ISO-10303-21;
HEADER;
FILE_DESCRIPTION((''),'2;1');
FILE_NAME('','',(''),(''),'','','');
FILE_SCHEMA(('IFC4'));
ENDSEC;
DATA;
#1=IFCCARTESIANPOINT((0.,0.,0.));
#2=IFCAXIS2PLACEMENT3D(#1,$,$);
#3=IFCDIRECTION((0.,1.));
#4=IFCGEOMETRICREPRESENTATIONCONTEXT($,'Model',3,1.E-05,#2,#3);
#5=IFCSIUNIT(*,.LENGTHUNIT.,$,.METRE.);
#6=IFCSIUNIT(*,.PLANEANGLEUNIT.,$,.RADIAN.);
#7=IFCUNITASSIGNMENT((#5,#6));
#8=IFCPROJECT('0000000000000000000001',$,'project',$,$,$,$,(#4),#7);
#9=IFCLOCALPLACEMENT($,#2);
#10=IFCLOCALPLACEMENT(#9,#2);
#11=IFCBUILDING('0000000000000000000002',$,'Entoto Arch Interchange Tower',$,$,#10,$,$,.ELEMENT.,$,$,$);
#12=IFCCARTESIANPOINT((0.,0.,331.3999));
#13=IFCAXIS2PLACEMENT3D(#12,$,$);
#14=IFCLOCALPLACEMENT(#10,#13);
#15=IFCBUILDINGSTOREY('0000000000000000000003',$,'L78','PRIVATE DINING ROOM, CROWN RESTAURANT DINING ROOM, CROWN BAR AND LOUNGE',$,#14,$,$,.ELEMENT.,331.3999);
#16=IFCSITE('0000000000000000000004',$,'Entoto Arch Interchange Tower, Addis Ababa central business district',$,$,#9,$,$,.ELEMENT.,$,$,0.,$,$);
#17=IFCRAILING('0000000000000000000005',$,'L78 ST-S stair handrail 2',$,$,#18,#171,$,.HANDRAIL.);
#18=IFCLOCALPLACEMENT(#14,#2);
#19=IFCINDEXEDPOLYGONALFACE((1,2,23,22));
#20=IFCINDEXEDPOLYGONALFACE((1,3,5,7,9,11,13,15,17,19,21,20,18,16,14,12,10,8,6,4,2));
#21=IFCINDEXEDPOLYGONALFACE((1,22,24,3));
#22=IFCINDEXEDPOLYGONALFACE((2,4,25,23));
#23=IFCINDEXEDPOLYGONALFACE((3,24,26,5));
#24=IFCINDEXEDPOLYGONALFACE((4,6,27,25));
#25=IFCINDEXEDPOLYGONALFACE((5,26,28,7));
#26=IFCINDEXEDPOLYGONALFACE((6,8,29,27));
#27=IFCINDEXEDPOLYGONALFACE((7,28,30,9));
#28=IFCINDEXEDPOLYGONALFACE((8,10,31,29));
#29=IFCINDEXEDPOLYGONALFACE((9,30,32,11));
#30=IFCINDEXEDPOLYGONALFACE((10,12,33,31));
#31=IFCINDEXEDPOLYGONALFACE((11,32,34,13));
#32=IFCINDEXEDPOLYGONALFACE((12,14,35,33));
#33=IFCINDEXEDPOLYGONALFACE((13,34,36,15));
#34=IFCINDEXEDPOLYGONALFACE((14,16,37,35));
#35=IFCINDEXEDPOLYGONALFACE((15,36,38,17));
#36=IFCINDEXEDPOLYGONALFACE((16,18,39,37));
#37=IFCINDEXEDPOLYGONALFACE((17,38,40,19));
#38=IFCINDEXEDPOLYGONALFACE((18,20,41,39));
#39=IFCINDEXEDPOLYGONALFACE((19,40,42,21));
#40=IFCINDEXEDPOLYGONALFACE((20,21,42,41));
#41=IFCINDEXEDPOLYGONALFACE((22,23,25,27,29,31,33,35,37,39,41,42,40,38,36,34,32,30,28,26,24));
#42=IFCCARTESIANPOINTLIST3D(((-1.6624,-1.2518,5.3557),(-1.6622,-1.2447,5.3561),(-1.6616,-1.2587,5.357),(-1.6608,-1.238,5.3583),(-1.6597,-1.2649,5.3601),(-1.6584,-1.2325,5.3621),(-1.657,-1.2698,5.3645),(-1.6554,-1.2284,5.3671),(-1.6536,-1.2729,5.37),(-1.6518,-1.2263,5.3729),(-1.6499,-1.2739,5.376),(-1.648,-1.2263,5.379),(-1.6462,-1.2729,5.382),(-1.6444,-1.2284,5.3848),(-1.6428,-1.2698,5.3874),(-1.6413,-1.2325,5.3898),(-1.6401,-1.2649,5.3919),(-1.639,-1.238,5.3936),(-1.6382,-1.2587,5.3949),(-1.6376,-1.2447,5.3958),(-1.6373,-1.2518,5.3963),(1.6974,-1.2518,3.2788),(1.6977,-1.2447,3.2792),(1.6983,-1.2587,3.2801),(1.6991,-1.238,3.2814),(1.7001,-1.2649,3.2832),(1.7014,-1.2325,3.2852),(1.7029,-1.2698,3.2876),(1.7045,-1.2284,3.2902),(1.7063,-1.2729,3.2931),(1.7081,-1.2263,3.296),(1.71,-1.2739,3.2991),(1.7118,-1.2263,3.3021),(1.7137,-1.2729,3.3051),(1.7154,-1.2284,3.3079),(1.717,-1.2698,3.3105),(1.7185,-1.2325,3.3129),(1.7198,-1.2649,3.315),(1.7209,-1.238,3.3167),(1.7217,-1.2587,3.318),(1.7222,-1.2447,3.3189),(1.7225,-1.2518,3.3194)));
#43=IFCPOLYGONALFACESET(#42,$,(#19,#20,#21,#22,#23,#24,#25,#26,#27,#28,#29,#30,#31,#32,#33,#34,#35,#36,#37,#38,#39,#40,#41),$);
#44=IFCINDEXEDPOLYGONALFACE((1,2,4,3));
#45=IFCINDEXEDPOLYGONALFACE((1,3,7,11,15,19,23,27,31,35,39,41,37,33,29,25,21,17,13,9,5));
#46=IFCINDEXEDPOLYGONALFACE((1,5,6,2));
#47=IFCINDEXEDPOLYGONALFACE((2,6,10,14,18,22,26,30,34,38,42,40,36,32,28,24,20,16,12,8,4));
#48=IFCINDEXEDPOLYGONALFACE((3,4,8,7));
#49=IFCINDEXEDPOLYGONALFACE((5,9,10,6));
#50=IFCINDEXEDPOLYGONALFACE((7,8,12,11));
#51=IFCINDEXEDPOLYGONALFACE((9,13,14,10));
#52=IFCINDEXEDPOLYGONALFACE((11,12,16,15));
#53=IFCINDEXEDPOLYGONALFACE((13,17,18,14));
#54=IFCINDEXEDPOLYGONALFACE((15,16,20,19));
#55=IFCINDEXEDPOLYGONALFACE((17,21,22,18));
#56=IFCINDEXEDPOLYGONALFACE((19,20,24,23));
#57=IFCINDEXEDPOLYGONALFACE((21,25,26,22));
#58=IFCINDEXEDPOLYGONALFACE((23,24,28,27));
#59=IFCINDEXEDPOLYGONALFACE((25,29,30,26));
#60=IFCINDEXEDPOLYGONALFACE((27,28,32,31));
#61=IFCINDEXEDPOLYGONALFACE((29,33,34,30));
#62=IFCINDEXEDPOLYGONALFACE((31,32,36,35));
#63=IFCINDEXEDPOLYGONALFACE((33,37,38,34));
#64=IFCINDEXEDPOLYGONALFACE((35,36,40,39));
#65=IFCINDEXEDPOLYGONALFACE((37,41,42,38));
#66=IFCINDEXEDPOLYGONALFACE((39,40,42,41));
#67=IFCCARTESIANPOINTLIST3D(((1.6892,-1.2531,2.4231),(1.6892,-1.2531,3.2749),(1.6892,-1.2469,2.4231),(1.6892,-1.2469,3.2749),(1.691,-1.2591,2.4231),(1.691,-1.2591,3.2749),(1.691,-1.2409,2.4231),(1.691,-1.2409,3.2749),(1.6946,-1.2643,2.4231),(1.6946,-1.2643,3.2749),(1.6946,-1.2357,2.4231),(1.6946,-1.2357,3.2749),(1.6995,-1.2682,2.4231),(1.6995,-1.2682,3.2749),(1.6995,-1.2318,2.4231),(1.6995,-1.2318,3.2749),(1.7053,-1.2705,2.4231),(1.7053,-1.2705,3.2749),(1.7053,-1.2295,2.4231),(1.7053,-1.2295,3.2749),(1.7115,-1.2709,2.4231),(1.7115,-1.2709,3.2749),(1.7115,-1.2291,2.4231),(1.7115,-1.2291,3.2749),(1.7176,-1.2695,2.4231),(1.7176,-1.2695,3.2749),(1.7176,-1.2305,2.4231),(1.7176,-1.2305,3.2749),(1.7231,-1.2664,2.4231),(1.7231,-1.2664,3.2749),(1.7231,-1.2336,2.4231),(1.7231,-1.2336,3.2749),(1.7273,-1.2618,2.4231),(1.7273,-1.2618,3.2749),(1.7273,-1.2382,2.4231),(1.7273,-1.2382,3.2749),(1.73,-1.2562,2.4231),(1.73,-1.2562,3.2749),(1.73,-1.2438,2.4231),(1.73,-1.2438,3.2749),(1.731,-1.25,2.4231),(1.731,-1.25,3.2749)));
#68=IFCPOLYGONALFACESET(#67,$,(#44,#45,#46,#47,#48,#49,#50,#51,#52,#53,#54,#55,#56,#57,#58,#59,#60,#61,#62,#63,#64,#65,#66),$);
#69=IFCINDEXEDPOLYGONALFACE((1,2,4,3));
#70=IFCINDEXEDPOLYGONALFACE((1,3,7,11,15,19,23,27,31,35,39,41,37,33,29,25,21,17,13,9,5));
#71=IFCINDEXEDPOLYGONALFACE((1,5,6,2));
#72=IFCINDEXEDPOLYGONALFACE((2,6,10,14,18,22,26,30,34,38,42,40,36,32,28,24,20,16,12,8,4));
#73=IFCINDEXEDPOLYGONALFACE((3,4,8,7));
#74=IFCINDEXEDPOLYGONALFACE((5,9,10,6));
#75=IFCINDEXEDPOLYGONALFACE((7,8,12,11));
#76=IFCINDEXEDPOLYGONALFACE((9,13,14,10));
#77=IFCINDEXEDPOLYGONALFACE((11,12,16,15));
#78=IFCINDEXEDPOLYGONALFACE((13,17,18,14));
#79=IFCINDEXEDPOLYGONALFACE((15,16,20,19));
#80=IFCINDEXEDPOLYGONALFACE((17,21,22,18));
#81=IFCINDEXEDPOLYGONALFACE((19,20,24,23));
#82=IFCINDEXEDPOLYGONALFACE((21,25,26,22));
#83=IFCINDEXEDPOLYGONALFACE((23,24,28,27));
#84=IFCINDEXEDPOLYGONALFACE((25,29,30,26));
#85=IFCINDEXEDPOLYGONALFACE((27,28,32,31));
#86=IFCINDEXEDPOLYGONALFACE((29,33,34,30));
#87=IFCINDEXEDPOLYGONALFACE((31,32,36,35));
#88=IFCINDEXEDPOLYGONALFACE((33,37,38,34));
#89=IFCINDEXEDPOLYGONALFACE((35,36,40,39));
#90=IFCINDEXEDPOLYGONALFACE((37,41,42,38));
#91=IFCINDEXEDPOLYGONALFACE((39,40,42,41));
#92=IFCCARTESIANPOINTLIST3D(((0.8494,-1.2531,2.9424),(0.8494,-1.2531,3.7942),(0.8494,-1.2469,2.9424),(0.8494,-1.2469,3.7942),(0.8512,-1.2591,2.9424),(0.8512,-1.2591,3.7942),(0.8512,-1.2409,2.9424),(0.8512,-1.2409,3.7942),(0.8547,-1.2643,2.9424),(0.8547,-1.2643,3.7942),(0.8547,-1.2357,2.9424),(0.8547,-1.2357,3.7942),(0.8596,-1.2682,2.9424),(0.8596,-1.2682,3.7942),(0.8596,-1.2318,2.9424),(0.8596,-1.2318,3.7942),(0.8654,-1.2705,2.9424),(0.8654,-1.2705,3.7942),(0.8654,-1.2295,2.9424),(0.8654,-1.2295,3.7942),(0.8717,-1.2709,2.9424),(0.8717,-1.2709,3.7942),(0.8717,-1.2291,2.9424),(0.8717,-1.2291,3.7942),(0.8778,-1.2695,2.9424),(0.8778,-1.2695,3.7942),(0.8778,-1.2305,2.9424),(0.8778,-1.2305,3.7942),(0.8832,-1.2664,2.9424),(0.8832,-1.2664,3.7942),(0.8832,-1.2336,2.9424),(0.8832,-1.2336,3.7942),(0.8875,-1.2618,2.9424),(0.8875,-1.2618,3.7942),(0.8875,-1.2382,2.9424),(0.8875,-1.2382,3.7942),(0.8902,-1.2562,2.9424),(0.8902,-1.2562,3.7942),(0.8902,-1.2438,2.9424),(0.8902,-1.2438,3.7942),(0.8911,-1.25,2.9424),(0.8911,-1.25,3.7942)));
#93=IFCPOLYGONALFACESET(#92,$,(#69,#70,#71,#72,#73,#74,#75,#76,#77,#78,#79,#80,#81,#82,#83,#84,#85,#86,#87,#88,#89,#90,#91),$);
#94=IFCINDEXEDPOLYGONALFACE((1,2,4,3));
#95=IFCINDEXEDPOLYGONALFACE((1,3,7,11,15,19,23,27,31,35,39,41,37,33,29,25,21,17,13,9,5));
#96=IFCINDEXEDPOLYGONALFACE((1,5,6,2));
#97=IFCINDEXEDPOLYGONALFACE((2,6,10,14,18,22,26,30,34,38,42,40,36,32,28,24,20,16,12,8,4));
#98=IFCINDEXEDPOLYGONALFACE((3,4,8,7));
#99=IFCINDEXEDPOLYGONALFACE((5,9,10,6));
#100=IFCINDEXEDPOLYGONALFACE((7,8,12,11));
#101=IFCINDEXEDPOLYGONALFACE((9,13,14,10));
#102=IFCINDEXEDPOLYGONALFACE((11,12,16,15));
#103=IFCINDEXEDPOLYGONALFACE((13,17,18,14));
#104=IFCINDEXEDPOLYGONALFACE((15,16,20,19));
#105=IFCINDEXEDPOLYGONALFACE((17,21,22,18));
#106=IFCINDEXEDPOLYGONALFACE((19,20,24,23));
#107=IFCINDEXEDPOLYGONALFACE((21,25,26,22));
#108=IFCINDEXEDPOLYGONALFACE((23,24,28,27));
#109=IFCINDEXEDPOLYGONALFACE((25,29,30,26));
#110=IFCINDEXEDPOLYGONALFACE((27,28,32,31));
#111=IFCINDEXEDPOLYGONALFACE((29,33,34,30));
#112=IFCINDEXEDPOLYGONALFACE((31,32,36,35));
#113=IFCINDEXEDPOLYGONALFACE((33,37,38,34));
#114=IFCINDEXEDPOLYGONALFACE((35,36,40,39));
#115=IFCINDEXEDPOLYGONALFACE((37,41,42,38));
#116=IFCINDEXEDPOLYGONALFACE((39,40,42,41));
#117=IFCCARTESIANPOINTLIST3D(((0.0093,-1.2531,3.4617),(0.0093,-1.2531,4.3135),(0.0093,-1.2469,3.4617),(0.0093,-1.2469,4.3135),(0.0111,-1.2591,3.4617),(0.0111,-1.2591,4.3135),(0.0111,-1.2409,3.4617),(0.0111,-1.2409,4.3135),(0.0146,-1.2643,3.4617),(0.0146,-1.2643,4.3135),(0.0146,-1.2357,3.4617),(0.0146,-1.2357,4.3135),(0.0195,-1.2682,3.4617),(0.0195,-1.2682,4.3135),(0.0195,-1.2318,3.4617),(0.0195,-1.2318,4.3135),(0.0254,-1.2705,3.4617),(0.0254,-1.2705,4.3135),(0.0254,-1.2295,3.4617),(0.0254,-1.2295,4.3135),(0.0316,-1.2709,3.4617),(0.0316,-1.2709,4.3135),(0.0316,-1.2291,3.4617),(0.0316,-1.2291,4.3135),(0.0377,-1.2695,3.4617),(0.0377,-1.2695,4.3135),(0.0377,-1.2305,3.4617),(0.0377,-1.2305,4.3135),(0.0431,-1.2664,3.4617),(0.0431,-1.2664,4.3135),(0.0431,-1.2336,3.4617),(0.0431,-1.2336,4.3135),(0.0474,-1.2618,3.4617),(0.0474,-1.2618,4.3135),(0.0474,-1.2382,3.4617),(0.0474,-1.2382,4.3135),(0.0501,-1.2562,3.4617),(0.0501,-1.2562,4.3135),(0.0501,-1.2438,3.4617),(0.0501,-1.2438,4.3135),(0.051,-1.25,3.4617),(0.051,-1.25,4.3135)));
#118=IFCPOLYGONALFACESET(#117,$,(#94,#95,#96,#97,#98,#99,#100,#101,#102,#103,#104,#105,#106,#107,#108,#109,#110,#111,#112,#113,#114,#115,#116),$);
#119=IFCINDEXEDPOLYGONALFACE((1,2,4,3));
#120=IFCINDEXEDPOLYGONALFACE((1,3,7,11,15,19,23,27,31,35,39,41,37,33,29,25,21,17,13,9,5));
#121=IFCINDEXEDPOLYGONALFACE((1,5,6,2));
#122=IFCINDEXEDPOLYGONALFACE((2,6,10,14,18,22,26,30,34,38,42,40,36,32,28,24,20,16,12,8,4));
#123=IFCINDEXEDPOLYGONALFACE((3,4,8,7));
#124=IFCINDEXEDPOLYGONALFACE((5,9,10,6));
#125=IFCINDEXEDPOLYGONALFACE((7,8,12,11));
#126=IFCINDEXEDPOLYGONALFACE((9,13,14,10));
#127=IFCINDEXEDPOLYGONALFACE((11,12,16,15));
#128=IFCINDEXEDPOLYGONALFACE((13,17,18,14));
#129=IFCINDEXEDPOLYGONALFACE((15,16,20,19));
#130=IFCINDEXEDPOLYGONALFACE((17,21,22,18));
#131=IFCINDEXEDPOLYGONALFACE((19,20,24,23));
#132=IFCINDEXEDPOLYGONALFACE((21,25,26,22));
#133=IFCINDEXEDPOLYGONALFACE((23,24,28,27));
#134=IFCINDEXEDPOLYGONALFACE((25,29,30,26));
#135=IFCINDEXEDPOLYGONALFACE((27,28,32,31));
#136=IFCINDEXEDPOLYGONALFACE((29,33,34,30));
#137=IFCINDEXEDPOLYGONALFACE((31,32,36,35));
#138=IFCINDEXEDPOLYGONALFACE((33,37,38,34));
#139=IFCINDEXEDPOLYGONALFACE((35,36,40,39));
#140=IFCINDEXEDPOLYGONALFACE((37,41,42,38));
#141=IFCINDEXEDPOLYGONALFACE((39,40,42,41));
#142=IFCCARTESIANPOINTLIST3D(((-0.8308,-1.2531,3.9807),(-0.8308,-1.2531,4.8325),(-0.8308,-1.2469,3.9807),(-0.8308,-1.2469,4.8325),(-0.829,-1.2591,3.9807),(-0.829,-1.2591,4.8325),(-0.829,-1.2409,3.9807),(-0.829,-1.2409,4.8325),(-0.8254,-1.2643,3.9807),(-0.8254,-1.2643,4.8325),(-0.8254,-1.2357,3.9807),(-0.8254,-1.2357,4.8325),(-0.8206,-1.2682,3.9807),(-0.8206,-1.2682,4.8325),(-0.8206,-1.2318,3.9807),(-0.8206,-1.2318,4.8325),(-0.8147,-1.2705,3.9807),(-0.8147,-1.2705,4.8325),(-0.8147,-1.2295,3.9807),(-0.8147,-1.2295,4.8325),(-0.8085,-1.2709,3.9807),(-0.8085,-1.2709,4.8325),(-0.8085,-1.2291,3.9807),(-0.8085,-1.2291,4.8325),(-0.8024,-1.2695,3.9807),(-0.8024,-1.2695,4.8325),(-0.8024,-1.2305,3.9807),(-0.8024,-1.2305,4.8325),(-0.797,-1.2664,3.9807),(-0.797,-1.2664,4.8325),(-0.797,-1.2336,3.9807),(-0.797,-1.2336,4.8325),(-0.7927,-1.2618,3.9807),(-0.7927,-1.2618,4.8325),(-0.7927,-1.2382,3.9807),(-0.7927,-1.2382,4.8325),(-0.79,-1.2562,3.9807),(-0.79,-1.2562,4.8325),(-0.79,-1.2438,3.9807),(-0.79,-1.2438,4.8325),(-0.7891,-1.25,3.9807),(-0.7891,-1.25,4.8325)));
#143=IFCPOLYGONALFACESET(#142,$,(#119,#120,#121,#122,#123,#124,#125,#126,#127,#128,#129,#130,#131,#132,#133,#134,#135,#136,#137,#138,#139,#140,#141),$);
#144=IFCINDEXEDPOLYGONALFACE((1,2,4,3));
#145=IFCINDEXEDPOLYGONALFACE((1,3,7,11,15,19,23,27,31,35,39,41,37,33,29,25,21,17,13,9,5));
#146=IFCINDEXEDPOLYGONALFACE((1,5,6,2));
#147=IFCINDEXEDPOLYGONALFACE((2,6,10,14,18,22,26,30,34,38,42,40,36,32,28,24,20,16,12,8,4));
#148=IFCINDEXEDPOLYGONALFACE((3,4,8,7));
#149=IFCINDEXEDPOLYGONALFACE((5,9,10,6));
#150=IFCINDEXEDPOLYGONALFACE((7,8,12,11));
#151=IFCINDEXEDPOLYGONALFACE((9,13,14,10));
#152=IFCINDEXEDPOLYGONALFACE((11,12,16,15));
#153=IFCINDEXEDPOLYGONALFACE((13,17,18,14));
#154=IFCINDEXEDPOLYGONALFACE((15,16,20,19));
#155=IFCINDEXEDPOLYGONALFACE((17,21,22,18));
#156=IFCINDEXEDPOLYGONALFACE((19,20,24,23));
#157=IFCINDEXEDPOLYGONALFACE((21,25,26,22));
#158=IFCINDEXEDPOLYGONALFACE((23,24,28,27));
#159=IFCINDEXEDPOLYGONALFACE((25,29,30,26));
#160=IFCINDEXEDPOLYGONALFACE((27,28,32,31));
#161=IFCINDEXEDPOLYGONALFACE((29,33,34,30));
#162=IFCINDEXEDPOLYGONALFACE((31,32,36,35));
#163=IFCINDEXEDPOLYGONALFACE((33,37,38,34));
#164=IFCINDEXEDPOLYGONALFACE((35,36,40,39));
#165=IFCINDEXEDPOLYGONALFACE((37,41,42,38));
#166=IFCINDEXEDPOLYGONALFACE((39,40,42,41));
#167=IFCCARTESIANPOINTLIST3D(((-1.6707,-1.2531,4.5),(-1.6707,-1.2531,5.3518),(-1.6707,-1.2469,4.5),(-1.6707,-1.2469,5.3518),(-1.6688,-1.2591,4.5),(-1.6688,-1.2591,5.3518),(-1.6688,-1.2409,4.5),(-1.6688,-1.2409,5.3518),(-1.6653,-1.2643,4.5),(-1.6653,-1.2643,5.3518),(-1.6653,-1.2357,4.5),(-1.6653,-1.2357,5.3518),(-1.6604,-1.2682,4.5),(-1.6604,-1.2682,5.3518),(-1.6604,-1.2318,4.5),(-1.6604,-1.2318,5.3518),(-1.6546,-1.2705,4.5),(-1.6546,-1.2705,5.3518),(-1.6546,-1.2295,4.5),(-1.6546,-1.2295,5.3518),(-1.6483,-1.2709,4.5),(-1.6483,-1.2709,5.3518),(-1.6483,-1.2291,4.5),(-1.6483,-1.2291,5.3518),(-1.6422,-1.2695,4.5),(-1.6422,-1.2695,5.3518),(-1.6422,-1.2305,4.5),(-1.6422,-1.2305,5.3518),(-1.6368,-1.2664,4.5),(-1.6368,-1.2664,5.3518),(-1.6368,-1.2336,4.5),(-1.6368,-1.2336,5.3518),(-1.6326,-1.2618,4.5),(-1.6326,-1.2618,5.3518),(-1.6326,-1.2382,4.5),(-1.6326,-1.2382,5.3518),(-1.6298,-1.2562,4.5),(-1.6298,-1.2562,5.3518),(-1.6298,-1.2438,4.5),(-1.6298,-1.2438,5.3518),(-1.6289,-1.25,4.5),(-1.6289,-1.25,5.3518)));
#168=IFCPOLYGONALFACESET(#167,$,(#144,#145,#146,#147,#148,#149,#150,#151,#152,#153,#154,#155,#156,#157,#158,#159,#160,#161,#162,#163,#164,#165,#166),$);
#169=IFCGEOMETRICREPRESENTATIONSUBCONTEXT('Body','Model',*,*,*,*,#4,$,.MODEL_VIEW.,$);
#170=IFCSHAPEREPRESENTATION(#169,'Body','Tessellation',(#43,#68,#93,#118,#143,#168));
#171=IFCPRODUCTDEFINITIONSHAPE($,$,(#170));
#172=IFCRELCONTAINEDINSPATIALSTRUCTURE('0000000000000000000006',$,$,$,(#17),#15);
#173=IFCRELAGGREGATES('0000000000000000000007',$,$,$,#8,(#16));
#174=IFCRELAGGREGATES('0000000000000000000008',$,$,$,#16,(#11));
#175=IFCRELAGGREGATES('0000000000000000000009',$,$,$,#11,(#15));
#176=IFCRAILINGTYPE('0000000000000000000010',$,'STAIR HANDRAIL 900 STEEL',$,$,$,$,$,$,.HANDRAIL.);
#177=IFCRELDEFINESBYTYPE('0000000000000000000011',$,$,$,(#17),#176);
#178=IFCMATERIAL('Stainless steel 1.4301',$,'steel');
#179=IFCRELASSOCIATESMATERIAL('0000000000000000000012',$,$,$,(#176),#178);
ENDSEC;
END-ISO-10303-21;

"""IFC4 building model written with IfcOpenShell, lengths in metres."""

from ifc_helpers import new_model, si_unit, direction, frame, origin, origin_2d, place, context, subcontext, project, spatial, circle, extrude, material, type_object, element, save


model = new_model("IFC4")

# Units and contexts
model_context = context("Model", 3, precision=1e-05, world=origin(), true_north=direction((0.0, 1.0)))
body_context = subcontext(model_context, "Body", "Model", "MODEL_VIEW")
ifc_project = project(units=[si_unit("LENGTHUNIT", "METRE"), si_unit("PLANEANGLEUNIT", "RADIAN")], contexts=[model_context])

# Site, building, storey
site_placement = place(None, origin())
site = spatial("IfcSite", under=ifc_project, at=site_placement, Name="Entoto Arch Interchange Tower, Addis Ababa central business district", CompositionType="ELEMENT", RefElevation=0.0)
building_placement = place(site_placement, origin())
building = spatial("IfcBuilding", under=site, at=building_placement, Name="Entoto Arch Interchange Tower", CompositionType="ELEMENT")
storey_placement = place(building_placement, frame((0.0, 0.0, 331.3999)))
storey = spatial("IfcBuildingStorey", under=building, at=storey_placement, Name="L78", Description="PRIVATE DINING ROOM, CROWN RESTAURANT DINING ROOM, CROWN BAR AND LOUNGE", CompositionType="ELEMENT", Elevation=331.3999)

# Railing
ifc_material_1 = material(Name="Stainless steel 1.4301", Category="steel")
railing_type_1 = type_object("IfcRailingType", Name="STAIR HANDRAIL 900 STEEL", PredefinedType="HANDRAIL", material=ifc_material_1)
railing_1_placement = place(storey_placement, frame((1.71, -1.25, 2.4231)))
element("IfcRailing", 1, at=railing_1_placement, inside=storey, type_object=railing_type_1, Name="L78 ST-S stair handrail 2", PredefinedType="HANDRAIL", context=body_context, shape_type="SweptSolid", body=[
    extrude(circle(Radius=0.0239, at=origin_2d()), frame((0.0, 0.0, 0.876), z_axis=(-0.850606, 0.0, 0.525803), x_axis=(0.0, -1.0, 0.0)), (0.0, 0.0, 1.0), 3.95),
    extrude(circle(Radius=0.021, at=origin_2d()), origin(), (0.0, 0.0, 1.0), 0.8518),
    extrude(circle(Radius=0.021, at=origin_2d()), frame((-0.8398, 0.0, 0.5193)), (0.0, 0.0, 1.0), 0.8518),
    extrude(circle(Radius=0.021, at=origin_2d()), frame((-1.6799, 0.0, 1.0386)), (0.0, 0.0, 1.0), 0.8518),
    extrude(circle(Radius=0.021, at=origin_2d()), frame((-2.52, 0.0, 1.5576)), (0.0, 0.0, 1.0), 0.8518),
    extrude(circle(Radius=0.021, at=origin_2d()), frame((-3.3599, 0.0, 2.0769)), (0.0, 0.0, 1.0), 0.8518),
])

save(model, "model.ifc")
